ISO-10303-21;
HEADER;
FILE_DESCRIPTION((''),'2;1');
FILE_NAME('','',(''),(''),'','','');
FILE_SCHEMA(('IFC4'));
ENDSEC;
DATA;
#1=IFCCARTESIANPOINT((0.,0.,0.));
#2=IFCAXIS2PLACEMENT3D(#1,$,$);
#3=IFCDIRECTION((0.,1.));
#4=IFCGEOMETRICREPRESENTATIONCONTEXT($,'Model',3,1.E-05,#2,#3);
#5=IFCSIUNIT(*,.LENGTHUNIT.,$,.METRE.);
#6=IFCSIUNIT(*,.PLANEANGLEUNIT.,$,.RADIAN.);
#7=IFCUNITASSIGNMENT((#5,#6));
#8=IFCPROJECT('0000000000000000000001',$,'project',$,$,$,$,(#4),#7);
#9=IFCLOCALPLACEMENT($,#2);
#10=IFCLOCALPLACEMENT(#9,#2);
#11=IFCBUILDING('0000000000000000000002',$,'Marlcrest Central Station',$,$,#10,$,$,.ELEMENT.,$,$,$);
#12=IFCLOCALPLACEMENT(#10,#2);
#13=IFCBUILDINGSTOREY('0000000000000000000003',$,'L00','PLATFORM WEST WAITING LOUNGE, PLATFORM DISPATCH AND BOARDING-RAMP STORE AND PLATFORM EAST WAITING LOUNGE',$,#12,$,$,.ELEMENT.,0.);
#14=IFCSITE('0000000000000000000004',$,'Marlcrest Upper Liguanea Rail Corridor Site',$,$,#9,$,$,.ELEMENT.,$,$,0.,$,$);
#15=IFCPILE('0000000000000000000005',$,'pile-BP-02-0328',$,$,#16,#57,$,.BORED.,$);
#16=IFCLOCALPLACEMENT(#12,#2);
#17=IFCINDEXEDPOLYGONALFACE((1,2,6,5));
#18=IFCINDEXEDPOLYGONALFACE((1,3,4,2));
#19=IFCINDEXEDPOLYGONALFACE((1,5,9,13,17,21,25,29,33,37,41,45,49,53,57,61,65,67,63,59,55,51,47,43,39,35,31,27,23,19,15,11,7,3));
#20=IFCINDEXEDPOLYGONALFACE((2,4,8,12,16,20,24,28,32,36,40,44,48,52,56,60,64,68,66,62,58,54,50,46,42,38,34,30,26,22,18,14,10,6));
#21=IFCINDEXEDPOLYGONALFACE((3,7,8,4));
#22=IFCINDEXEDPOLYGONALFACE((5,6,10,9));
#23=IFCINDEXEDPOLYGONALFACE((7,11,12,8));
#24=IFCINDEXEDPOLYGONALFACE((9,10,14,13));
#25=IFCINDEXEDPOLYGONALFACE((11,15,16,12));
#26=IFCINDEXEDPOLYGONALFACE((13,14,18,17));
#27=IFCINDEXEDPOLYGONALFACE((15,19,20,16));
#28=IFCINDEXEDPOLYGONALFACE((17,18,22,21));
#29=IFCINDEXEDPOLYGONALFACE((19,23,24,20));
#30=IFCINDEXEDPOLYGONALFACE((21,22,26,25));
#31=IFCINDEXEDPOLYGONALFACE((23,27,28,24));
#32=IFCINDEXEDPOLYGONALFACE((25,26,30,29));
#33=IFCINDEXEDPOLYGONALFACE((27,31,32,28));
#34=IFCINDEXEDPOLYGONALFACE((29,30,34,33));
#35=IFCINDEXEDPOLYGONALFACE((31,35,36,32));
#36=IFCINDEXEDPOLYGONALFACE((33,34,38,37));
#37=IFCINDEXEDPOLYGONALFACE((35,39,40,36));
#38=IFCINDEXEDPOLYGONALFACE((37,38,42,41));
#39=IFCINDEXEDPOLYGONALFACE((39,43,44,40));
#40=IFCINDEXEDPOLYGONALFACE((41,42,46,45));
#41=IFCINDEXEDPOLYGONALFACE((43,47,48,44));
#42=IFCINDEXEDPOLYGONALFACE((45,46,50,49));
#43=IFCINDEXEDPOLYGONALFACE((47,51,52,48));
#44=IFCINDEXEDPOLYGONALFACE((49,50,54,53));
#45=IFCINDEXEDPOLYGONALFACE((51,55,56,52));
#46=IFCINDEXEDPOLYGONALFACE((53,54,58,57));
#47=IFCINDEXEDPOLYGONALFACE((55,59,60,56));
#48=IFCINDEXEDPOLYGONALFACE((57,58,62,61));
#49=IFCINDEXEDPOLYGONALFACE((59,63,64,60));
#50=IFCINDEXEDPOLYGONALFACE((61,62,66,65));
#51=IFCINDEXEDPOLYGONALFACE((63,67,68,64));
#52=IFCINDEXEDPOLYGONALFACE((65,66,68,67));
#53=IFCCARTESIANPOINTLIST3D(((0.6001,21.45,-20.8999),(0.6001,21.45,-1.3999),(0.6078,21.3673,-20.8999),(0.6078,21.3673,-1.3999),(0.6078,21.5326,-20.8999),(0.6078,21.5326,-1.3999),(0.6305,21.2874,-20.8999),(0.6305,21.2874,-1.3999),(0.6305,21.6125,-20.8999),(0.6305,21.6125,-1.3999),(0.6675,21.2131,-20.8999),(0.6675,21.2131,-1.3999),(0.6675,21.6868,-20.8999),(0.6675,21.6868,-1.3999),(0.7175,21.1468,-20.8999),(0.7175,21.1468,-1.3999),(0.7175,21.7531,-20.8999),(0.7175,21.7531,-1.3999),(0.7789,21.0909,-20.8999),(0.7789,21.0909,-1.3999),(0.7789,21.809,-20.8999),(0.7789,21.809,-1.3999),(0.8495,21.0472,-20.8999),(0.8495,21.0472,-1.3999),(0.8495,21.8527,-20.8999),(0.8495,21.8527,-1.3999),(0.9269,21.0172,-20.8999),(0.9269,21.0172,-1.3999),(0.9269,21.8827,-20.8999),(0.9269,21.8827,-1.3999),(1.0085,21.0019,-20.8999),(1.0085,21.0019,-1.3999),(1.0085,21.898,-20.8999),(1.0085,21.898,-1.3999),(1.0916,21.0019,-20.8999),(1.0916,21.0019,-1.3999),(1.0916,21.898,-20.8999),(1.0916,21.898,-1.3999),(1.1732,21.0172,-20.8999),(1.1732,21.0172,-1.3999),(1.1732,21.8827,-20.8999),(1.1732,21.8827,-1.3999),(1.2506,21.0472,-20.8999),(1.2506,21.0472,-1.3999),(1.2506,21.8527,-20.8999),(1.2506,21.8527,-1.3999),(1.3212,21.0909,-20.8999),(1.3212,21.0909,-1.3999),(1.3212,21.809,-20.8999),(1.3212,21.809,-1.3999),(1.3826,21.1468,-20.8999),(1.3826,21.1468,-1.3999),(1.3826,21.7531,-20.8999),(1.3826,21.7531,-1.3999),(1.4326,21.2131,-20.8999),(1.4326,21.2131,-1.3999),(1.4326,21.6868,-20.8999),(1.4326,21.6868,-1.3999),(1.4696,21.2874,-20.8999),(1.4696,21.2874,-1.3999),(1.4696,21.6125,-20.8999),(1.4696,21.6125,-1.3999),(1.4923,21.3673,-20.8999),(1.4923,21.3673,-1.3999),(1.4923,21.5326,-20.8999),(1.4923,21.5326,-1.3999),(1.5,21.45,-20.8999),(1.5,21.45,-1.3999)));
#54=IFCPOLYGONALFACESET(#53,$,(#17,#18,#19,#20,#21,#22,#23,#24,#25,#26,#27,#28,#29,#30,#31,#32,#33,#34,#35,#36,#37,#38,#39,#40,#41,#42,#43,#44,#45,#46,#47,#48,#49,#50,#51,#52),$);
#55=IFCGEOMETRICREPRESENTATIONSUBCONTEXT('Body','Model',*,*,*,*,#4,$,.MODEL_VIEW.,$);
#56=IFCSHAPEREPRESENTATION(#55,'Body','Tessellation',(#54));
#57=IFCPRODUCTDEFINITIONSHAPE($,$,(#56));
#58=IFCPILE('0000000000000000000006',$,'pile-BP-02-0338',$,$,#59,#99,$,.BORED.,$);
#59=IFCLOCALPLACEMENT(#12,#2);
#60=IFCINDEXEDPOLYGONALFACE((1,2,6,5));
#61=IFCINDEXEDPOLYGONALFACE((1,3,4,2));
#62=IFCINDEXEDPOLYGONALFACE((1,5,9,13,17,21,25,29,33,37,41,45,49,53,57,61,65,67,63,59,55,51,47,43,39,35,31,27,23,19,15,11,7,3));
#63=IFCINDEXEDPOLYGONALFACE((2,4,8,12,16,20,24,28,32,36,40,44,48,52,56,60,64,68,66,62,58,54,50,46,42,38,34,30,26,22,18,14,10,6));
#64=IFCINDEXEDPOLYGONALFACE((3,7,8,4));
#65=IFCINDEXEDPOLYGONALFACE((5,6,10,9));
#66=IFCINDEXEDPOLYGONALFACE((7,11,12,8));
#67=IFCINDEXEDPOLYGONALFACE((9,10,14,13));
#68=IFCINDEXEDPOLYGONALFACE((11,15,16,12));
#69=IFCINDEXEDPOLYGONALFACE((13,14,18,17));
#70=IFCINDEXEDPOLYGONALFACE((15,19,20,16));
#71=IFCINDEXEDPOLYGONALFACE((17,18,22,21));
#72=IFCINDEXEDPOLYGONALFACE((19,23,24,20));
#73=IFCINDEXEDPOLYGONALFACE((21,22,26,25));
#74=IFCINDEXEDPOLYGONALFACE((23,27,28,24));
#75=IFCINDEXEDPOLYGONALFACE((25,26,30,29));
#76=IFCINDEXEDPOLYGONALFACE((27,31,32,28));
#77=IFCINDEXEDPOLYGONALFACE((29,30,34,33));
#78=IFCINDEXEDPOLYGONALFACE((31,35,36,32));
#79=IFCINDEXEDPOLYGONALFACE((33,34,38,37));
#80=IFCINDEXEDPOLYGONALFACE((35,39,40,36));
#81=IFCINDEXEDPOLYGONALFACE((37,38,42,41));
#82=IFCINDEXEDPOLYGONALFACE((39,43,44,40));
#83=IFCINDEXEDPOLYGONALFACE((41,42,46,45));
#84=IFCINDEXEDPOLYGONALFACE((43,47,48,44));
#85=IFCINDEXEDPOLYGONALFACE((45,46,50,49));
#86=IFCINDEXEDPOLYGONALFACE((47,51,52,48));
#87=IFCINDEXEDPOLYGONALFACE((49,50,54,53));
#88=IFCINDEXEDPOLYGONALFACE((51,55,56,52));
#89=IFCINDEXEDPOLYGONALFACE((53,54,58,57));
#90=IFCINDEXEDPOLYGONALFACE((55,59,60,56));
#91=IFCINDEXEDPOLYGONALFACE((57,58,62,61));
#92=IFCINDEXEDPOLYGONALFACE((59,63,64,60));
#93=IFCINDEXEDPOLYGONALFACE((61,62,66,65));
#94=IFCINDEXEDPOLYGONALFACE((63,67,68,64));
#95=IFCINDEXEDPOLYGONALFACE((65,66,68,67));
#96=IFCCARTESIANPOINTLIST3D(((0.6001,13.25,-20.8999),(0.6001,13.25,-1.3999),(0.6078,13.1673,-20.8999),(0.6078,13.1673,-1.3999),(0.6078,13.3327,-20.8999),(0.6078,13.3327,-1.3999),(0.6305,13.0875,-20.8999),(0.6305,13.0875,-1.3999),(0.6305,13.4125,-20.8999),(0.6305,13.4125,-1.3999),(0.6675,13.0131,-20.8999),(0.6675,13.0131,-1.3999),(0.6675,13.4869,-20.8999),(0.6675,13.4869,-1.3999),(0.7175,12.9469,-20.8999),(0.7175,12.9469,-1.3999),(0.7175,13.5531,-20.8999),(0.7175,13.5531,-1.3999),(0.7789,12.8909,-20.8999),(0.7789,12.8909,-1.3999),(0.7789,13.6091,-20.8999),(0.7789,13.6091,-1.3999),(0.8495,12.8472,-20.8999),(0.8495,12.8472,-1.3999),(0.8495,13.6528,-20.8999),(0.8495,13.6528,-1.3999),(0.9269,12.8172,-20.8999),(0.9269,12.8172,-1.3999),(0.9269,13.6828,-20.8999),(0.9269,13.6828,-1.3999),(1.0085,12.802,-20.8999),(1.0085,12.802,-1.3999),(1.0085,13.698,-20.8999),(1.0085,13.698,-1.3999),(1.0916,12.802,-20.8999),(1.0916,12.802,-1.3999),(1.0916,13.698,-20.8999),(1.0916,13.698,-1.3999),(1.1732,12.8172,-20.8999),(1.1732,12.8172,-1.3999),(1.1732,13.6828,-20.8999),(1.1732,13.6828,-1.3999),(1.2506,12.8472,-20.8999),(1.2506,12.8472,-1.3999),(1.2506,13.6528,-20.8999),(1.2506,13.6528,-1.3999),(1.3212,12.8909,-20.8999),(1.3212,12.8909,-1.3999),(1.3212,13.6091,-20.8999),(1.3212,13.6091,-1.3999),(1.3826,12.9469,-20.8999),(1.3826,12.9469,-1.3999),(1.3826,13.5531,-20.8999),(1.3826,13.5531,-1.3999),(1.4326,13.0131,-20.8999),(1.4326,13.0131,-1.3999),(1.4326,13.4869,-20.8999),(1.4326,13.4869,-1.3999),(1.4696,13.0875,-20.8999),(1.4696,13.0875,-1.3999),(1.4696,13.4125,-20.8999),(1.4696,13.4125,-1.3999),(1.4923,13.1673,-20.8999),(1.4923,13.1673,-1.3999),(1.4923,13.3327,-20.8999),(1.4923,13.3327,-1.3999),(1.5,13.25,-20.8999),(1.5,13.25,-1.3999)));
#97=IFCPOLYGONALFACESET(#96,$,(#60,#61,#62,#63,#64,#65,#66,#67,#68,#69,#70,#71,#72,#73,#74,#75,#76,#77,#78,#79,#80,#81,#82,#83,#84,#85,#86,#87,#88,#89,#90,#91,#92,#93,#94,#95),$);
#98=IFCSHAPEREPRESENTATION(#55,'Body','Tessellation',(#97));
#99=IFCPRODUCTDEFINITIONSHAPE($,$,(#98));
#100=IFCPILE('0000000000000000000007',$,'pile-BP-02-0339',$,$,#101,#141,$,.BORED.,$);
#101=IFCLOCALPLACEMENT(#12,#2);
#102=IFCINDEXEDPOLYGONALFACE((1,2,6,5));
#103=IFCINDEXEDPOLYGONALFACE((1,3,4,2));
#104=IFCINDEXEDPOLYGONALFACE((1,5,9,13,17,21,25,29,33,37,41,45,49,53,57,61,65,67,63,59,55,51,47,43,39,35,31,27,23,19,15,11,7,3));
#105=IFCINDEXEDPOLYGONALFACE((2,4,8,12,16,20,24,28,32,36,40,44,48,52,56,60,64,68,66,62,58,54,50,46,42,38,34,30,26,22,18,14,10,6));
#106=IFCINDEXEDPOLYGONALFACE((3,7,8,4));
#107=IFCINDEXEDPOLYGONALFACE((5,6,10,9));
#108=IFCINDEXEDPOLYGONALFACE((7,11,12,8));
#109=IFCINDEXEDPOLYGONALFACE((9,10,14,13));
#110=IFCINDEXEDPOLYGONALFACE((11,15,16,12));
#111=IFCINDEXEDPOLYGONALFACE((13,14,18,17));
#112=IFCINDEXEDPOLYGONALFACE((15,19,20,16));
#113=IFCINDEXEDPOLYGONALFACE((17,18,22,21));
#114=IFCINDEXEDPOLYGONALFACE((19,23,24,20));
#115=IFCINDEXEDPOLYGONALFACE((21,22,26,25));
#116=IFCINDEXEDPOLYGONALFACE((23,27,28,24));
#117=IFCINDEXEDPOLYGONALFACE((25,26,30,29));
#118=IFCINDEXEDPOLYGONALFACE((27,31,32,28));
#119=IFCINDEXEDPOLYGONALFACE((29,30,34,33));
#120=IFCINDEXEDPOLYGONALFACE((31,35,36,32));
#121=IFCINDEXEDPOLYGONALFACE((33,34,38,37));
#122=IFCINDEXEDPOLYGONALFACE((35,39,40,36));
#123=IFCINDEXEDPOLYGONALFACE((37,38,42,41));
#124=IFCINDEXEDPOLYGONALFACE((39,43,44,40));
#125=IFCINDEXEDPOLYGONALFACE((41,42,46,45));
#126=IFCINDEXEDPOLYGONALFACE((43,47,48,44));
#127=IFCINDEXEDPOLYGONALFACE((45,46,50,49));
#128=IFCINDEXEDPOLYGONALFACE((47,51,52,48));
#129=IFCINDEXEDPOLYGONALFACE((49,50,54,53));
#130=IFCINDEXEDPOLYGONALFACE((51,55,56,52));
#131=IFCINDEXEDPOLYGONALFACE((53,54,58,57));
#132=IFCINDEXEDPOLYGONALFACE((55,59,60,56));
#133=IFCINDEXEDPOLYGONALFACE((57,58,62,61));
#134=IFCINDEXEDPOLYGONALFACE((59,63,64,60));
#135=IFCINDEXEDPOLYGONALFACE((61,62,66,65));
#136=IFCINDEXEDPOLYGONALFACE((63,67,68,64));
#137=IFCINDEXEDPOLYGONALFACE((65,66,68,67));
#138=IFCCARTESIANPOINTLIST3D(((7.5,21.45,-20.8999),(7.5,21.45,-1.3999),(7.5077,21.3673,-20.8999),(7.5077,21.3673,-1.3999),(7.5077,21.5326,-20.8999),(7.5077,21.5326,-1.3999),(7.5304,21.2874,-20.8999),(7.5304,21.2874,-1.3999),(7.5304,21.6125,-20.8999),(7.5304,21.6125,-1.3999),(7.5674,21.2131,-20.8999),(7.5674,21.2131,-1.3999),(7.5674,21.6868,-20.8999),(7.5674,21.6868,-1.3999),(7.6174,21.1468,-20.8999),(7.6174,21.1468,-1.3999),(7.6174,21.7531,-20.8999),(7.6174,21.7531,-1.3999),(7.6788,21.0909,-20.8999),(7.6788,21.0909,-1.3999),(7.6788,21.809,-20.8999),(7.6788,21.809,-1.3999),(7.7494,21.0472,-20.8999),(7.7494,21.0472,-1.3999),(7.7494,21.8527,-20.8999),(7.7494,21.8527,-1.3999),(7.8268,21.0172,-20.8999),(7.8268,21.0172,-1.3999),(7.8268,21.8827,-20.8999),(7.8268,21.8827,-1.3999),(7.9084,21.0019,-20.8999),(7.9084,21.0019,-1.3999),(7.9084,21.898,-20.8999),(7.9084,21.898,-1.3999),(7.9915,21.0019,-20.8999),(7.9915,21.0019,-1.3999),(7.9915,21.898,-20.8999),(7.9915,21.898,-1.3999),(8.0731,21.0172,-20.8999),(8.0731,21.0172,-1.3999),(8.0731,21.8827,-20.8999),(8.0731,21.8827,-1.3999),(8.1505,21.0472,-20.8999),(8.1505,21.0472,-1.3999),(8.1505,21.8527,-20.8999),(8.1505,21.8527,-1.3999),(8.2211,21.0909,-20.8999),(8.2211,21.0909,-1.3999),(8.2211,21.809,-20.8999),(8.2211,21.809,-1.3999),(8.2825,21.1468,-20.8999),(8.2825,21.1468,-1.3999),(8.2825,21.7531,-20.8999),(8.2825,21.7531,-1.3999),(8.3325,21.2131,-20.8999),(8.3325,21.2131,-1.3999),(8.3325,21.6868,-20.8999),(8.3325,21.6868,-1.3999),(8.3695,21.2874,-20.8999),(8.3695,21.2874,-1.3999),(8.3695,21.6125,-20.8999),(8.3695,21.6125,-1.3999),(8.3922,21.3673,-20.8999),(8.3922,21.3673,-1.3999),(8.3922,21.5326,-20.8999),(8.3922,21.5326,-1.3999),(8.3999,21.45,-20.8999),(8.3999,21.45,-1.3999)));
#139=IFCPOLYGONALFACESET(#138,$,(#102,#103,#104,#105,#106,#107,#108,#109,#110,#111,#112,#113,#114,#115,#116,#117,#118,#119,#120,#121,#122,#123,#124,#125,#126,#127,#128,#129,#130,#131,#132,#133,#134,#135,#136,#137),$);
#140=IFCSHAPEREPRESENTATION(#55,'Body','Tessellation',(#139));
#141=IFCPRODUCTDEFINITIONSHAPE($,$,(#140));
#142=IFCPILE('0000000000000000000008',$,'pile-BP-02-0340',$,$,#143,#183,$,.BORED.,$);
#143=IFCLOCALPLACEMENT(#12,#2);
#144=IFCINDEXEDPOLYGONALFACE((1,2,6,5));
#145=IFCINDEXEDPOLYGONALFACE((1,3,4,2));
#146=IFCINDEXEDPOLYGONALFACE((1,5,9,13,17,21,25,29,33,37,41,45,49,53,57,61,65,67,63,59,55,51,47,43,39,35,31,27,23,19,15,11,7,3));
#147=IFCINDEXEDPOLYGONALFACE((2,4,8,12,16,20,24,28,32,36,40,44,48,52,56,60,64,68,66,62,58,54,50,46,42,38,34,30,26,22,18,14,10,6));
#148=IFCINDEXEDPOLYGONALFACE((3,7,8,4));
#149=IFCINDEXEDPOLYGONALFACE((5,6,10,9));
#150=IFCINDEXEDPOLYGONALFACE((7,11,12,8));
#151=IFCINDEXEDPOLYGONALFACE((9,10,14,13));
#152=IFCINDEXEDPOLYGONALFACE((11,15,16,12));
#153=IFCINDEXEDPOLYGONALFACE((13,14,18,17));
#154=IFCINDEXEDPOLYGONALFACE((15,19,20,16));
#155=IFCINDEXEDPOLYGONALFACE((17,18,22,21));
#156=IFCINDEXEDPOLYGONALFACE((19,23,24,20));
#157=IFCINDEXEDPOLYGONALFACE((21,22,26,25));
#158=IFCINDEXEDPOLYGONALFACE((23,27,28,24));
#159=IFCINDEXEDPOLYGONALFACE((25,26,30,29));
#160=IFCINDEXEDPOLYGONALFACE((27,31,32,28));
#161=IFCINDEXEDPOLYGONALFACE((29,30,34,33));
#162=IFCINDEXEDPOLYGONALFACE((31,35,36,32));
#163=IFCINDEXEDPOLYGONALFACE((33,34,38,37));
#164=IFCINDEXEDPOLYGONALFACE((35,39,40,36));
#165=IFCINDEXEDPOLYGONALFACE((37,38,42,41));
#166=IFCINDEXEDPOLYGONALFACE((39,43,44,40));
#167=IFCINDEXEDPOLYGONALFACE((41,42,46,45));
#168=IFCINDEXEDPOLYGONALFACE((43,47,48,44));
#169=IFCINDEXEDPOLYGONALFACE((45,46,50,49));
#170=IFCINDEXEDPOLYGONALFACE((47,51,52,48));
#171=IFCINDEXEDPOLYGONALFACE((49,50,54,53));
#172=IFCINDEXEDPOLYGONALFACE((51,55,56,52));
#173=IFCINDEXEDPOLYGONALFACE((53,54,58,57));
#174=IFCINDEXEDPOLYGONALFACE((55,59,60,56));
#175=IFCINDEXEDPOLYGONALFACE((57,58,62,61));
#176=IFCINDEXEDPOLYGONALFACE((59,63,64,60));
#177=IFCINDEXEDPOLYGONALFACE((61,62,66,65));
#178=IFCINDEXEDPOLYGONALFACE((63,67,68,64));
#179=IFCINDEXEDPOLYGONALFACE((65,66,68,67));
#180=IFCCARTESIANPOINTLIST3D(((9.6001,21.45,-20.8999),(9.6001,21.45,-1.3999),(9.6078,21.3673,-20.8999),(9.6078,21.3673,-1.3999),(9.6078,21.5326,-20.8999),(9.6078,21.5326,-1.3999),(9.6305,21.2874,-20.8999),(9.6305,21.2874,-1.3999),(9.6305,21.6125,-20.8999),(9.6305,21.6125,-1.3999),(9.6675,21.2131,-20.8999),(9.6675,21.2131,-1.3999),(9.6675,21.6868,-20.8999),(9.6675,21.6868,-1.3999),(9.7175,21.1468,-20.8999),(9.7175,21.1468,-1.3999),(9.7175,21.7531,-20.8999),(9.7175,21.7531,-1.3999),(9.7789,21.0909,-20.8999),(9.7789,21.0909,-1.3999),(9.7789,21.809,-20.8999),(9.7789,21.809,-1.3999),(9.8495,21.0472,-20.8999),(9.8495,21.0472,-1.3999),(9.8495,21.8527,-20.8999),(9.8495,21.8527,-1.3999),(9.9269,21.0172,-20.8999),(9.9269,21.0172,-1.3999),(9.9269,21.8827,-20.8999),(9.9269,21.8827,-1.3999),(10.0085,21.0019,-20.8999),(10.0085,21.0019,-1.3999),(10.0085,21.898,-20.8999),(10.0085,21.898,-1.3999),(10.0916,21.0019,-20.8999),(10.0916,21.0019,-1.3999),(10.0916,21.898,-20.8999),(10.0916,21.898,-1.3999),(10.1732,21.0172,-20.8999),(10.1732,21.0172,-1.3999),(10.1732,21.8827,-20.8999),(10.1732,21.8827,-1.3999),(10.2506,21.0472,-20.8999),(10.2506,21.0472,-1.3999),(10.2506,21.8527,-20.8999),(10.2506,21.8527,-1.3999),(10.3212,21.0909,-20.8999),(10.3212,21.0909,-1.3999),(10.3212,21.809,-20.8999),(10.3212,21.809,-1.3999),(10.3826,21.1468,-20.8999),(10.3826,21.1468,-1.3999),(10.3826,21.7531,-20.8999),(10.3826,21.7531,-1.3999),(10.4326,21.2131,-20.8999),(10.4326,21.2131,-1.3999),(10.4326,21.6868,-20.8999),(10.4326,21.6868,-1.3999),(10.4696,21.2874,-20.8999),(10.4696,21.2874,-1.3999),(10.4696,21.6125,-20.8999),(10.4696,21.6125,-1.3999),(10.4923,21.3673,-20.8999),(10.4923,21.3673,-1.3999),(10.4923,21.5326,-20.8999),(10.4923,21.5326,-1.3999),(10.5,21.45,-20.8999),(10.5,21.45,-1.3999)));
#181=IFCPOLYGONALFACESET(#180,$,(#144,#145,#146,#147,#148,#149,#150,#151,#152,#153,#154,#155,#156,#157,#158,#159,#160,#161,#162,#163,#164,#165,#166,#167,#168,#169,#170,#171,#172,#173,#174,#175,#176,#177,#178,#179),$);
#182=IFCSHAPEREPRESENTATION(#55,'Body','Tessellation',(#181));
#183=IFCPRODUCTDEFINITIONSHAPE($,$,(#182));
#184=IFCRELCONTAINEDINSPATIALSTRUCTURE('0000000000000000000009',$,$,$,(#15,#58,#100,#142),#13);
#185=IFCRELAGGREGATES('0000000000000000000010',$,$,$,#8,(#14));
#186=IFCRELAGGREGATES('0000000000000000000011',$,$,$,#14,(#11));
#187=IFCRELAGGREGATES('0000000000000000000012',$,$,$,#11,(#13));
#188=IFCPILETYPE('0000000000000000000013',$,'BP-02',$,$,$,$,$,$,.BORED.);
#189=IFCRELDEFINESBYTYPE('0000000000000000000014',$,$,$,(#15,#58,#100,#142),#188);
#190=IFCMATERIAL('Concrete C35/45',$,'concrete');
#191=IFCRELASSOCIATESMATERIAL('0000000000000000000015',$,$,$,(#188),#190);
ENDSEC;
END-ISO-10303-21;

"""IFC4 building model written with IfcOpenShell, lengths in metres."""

from ifc_helpers import new_model, si_unit, direction, frame, origin, origin_2d, place, context, subcontext, project, spatial, circle, extrude, material, material_profile, profile_set, type_object, element, save


model = new_model("IFC4")

# Units and contexts
model_context = context("Model", 3, precision=1e-05, world=origin(), true_north=direction((0.0, 1.0)))
body_context = subcontext(model_context, "Body", "Model", "MODEL_VIEW")
ifc_project = project(units=[si_unit("LENGTHUNIT", "METRE"), si_unit("PLANEANGLEUNIT", "RADIAN")], contexts=[model_context])

# Site, building, storey
site_placement = place(None, origin())
site = spatial("IfcSite", under=ifc_project, at=site_placement, Name="Marlcrest Upper Liguanea Rail Corridor Site", CompositionType="ELEMENT", RefElevation=0.0)
building_placement = place(site_placement, origin())
building = spatial("IfcBuilding", under=site, at=building_placement, Name="Marlcrest Central Station", CompositionType="ELEMENT")
storey_placement = place(building_placement, origin())
storey = spatial("IfcBuildingStorey", under=building, at=storey_placement, Name="L00", Description="PLATFORM WEST WAITING LOUNGE, PLATFORM DISPATCH AND BOARDING-RAMP STORE AND PLATFORM EAST WAITING LOUNGE", CompositionType="ELEMENT", Elevation=0.0)

# Piles
ifc_material_1 = material(Name="Concrete C35/45", Category="concrete")
ifc_material_profile_1 = material_profile(ifc_material_1, circle(Radius=0.45, at=origin_2d()), Name="PILE D900")
ifc_profile_set_1 = profile_set([ifc_material_profile_1], Name="Concrete C35/45")
pile_type = type_object("IfcPileType", Name="BP-02", PredefinedType="BORED", material=ifc_profile_set_1)
for number, where, z_axis, x_axis, name in (
    (1, (1.05, 21.45, -1.3999), (0.0, 0.0, -1.0), (1.0, 0.0, 0.0), "pile-BP-02-0328"),
    (2, (1.05, 13.25, -1.3999), (0.0, 0.0, -1.0), (1.0, 0.0, 0.0), "pile-BP-02-0338"),
    (3, (7.95, 21.45, -1.3999), (0.0, 0.0, -1.0), (1.0, 0.0, 0.0), "pile-BP-02-0339"),
    (4, (10.05, 21.45, -1.3999), (0.0, 0.0, -1.0), (1.0, 0.0, 0.0), "pile-BP-02-0340"),
):
    element("IfcPile", number, at=place(storey_placement, frame(where, z_axis=z_axis, x_axis=x_axis)), inside=storey, type_object=pile_type, Name=name, PredefinedType="BORED", context=body_context, shape_type="SweptSolid", body=[
        extrude(circle(Radius=0.45, at=origin_2d()), origin(), (0.0, 0.0, 1.0), 19.5),
    ])

save(model, "model.ifc")
